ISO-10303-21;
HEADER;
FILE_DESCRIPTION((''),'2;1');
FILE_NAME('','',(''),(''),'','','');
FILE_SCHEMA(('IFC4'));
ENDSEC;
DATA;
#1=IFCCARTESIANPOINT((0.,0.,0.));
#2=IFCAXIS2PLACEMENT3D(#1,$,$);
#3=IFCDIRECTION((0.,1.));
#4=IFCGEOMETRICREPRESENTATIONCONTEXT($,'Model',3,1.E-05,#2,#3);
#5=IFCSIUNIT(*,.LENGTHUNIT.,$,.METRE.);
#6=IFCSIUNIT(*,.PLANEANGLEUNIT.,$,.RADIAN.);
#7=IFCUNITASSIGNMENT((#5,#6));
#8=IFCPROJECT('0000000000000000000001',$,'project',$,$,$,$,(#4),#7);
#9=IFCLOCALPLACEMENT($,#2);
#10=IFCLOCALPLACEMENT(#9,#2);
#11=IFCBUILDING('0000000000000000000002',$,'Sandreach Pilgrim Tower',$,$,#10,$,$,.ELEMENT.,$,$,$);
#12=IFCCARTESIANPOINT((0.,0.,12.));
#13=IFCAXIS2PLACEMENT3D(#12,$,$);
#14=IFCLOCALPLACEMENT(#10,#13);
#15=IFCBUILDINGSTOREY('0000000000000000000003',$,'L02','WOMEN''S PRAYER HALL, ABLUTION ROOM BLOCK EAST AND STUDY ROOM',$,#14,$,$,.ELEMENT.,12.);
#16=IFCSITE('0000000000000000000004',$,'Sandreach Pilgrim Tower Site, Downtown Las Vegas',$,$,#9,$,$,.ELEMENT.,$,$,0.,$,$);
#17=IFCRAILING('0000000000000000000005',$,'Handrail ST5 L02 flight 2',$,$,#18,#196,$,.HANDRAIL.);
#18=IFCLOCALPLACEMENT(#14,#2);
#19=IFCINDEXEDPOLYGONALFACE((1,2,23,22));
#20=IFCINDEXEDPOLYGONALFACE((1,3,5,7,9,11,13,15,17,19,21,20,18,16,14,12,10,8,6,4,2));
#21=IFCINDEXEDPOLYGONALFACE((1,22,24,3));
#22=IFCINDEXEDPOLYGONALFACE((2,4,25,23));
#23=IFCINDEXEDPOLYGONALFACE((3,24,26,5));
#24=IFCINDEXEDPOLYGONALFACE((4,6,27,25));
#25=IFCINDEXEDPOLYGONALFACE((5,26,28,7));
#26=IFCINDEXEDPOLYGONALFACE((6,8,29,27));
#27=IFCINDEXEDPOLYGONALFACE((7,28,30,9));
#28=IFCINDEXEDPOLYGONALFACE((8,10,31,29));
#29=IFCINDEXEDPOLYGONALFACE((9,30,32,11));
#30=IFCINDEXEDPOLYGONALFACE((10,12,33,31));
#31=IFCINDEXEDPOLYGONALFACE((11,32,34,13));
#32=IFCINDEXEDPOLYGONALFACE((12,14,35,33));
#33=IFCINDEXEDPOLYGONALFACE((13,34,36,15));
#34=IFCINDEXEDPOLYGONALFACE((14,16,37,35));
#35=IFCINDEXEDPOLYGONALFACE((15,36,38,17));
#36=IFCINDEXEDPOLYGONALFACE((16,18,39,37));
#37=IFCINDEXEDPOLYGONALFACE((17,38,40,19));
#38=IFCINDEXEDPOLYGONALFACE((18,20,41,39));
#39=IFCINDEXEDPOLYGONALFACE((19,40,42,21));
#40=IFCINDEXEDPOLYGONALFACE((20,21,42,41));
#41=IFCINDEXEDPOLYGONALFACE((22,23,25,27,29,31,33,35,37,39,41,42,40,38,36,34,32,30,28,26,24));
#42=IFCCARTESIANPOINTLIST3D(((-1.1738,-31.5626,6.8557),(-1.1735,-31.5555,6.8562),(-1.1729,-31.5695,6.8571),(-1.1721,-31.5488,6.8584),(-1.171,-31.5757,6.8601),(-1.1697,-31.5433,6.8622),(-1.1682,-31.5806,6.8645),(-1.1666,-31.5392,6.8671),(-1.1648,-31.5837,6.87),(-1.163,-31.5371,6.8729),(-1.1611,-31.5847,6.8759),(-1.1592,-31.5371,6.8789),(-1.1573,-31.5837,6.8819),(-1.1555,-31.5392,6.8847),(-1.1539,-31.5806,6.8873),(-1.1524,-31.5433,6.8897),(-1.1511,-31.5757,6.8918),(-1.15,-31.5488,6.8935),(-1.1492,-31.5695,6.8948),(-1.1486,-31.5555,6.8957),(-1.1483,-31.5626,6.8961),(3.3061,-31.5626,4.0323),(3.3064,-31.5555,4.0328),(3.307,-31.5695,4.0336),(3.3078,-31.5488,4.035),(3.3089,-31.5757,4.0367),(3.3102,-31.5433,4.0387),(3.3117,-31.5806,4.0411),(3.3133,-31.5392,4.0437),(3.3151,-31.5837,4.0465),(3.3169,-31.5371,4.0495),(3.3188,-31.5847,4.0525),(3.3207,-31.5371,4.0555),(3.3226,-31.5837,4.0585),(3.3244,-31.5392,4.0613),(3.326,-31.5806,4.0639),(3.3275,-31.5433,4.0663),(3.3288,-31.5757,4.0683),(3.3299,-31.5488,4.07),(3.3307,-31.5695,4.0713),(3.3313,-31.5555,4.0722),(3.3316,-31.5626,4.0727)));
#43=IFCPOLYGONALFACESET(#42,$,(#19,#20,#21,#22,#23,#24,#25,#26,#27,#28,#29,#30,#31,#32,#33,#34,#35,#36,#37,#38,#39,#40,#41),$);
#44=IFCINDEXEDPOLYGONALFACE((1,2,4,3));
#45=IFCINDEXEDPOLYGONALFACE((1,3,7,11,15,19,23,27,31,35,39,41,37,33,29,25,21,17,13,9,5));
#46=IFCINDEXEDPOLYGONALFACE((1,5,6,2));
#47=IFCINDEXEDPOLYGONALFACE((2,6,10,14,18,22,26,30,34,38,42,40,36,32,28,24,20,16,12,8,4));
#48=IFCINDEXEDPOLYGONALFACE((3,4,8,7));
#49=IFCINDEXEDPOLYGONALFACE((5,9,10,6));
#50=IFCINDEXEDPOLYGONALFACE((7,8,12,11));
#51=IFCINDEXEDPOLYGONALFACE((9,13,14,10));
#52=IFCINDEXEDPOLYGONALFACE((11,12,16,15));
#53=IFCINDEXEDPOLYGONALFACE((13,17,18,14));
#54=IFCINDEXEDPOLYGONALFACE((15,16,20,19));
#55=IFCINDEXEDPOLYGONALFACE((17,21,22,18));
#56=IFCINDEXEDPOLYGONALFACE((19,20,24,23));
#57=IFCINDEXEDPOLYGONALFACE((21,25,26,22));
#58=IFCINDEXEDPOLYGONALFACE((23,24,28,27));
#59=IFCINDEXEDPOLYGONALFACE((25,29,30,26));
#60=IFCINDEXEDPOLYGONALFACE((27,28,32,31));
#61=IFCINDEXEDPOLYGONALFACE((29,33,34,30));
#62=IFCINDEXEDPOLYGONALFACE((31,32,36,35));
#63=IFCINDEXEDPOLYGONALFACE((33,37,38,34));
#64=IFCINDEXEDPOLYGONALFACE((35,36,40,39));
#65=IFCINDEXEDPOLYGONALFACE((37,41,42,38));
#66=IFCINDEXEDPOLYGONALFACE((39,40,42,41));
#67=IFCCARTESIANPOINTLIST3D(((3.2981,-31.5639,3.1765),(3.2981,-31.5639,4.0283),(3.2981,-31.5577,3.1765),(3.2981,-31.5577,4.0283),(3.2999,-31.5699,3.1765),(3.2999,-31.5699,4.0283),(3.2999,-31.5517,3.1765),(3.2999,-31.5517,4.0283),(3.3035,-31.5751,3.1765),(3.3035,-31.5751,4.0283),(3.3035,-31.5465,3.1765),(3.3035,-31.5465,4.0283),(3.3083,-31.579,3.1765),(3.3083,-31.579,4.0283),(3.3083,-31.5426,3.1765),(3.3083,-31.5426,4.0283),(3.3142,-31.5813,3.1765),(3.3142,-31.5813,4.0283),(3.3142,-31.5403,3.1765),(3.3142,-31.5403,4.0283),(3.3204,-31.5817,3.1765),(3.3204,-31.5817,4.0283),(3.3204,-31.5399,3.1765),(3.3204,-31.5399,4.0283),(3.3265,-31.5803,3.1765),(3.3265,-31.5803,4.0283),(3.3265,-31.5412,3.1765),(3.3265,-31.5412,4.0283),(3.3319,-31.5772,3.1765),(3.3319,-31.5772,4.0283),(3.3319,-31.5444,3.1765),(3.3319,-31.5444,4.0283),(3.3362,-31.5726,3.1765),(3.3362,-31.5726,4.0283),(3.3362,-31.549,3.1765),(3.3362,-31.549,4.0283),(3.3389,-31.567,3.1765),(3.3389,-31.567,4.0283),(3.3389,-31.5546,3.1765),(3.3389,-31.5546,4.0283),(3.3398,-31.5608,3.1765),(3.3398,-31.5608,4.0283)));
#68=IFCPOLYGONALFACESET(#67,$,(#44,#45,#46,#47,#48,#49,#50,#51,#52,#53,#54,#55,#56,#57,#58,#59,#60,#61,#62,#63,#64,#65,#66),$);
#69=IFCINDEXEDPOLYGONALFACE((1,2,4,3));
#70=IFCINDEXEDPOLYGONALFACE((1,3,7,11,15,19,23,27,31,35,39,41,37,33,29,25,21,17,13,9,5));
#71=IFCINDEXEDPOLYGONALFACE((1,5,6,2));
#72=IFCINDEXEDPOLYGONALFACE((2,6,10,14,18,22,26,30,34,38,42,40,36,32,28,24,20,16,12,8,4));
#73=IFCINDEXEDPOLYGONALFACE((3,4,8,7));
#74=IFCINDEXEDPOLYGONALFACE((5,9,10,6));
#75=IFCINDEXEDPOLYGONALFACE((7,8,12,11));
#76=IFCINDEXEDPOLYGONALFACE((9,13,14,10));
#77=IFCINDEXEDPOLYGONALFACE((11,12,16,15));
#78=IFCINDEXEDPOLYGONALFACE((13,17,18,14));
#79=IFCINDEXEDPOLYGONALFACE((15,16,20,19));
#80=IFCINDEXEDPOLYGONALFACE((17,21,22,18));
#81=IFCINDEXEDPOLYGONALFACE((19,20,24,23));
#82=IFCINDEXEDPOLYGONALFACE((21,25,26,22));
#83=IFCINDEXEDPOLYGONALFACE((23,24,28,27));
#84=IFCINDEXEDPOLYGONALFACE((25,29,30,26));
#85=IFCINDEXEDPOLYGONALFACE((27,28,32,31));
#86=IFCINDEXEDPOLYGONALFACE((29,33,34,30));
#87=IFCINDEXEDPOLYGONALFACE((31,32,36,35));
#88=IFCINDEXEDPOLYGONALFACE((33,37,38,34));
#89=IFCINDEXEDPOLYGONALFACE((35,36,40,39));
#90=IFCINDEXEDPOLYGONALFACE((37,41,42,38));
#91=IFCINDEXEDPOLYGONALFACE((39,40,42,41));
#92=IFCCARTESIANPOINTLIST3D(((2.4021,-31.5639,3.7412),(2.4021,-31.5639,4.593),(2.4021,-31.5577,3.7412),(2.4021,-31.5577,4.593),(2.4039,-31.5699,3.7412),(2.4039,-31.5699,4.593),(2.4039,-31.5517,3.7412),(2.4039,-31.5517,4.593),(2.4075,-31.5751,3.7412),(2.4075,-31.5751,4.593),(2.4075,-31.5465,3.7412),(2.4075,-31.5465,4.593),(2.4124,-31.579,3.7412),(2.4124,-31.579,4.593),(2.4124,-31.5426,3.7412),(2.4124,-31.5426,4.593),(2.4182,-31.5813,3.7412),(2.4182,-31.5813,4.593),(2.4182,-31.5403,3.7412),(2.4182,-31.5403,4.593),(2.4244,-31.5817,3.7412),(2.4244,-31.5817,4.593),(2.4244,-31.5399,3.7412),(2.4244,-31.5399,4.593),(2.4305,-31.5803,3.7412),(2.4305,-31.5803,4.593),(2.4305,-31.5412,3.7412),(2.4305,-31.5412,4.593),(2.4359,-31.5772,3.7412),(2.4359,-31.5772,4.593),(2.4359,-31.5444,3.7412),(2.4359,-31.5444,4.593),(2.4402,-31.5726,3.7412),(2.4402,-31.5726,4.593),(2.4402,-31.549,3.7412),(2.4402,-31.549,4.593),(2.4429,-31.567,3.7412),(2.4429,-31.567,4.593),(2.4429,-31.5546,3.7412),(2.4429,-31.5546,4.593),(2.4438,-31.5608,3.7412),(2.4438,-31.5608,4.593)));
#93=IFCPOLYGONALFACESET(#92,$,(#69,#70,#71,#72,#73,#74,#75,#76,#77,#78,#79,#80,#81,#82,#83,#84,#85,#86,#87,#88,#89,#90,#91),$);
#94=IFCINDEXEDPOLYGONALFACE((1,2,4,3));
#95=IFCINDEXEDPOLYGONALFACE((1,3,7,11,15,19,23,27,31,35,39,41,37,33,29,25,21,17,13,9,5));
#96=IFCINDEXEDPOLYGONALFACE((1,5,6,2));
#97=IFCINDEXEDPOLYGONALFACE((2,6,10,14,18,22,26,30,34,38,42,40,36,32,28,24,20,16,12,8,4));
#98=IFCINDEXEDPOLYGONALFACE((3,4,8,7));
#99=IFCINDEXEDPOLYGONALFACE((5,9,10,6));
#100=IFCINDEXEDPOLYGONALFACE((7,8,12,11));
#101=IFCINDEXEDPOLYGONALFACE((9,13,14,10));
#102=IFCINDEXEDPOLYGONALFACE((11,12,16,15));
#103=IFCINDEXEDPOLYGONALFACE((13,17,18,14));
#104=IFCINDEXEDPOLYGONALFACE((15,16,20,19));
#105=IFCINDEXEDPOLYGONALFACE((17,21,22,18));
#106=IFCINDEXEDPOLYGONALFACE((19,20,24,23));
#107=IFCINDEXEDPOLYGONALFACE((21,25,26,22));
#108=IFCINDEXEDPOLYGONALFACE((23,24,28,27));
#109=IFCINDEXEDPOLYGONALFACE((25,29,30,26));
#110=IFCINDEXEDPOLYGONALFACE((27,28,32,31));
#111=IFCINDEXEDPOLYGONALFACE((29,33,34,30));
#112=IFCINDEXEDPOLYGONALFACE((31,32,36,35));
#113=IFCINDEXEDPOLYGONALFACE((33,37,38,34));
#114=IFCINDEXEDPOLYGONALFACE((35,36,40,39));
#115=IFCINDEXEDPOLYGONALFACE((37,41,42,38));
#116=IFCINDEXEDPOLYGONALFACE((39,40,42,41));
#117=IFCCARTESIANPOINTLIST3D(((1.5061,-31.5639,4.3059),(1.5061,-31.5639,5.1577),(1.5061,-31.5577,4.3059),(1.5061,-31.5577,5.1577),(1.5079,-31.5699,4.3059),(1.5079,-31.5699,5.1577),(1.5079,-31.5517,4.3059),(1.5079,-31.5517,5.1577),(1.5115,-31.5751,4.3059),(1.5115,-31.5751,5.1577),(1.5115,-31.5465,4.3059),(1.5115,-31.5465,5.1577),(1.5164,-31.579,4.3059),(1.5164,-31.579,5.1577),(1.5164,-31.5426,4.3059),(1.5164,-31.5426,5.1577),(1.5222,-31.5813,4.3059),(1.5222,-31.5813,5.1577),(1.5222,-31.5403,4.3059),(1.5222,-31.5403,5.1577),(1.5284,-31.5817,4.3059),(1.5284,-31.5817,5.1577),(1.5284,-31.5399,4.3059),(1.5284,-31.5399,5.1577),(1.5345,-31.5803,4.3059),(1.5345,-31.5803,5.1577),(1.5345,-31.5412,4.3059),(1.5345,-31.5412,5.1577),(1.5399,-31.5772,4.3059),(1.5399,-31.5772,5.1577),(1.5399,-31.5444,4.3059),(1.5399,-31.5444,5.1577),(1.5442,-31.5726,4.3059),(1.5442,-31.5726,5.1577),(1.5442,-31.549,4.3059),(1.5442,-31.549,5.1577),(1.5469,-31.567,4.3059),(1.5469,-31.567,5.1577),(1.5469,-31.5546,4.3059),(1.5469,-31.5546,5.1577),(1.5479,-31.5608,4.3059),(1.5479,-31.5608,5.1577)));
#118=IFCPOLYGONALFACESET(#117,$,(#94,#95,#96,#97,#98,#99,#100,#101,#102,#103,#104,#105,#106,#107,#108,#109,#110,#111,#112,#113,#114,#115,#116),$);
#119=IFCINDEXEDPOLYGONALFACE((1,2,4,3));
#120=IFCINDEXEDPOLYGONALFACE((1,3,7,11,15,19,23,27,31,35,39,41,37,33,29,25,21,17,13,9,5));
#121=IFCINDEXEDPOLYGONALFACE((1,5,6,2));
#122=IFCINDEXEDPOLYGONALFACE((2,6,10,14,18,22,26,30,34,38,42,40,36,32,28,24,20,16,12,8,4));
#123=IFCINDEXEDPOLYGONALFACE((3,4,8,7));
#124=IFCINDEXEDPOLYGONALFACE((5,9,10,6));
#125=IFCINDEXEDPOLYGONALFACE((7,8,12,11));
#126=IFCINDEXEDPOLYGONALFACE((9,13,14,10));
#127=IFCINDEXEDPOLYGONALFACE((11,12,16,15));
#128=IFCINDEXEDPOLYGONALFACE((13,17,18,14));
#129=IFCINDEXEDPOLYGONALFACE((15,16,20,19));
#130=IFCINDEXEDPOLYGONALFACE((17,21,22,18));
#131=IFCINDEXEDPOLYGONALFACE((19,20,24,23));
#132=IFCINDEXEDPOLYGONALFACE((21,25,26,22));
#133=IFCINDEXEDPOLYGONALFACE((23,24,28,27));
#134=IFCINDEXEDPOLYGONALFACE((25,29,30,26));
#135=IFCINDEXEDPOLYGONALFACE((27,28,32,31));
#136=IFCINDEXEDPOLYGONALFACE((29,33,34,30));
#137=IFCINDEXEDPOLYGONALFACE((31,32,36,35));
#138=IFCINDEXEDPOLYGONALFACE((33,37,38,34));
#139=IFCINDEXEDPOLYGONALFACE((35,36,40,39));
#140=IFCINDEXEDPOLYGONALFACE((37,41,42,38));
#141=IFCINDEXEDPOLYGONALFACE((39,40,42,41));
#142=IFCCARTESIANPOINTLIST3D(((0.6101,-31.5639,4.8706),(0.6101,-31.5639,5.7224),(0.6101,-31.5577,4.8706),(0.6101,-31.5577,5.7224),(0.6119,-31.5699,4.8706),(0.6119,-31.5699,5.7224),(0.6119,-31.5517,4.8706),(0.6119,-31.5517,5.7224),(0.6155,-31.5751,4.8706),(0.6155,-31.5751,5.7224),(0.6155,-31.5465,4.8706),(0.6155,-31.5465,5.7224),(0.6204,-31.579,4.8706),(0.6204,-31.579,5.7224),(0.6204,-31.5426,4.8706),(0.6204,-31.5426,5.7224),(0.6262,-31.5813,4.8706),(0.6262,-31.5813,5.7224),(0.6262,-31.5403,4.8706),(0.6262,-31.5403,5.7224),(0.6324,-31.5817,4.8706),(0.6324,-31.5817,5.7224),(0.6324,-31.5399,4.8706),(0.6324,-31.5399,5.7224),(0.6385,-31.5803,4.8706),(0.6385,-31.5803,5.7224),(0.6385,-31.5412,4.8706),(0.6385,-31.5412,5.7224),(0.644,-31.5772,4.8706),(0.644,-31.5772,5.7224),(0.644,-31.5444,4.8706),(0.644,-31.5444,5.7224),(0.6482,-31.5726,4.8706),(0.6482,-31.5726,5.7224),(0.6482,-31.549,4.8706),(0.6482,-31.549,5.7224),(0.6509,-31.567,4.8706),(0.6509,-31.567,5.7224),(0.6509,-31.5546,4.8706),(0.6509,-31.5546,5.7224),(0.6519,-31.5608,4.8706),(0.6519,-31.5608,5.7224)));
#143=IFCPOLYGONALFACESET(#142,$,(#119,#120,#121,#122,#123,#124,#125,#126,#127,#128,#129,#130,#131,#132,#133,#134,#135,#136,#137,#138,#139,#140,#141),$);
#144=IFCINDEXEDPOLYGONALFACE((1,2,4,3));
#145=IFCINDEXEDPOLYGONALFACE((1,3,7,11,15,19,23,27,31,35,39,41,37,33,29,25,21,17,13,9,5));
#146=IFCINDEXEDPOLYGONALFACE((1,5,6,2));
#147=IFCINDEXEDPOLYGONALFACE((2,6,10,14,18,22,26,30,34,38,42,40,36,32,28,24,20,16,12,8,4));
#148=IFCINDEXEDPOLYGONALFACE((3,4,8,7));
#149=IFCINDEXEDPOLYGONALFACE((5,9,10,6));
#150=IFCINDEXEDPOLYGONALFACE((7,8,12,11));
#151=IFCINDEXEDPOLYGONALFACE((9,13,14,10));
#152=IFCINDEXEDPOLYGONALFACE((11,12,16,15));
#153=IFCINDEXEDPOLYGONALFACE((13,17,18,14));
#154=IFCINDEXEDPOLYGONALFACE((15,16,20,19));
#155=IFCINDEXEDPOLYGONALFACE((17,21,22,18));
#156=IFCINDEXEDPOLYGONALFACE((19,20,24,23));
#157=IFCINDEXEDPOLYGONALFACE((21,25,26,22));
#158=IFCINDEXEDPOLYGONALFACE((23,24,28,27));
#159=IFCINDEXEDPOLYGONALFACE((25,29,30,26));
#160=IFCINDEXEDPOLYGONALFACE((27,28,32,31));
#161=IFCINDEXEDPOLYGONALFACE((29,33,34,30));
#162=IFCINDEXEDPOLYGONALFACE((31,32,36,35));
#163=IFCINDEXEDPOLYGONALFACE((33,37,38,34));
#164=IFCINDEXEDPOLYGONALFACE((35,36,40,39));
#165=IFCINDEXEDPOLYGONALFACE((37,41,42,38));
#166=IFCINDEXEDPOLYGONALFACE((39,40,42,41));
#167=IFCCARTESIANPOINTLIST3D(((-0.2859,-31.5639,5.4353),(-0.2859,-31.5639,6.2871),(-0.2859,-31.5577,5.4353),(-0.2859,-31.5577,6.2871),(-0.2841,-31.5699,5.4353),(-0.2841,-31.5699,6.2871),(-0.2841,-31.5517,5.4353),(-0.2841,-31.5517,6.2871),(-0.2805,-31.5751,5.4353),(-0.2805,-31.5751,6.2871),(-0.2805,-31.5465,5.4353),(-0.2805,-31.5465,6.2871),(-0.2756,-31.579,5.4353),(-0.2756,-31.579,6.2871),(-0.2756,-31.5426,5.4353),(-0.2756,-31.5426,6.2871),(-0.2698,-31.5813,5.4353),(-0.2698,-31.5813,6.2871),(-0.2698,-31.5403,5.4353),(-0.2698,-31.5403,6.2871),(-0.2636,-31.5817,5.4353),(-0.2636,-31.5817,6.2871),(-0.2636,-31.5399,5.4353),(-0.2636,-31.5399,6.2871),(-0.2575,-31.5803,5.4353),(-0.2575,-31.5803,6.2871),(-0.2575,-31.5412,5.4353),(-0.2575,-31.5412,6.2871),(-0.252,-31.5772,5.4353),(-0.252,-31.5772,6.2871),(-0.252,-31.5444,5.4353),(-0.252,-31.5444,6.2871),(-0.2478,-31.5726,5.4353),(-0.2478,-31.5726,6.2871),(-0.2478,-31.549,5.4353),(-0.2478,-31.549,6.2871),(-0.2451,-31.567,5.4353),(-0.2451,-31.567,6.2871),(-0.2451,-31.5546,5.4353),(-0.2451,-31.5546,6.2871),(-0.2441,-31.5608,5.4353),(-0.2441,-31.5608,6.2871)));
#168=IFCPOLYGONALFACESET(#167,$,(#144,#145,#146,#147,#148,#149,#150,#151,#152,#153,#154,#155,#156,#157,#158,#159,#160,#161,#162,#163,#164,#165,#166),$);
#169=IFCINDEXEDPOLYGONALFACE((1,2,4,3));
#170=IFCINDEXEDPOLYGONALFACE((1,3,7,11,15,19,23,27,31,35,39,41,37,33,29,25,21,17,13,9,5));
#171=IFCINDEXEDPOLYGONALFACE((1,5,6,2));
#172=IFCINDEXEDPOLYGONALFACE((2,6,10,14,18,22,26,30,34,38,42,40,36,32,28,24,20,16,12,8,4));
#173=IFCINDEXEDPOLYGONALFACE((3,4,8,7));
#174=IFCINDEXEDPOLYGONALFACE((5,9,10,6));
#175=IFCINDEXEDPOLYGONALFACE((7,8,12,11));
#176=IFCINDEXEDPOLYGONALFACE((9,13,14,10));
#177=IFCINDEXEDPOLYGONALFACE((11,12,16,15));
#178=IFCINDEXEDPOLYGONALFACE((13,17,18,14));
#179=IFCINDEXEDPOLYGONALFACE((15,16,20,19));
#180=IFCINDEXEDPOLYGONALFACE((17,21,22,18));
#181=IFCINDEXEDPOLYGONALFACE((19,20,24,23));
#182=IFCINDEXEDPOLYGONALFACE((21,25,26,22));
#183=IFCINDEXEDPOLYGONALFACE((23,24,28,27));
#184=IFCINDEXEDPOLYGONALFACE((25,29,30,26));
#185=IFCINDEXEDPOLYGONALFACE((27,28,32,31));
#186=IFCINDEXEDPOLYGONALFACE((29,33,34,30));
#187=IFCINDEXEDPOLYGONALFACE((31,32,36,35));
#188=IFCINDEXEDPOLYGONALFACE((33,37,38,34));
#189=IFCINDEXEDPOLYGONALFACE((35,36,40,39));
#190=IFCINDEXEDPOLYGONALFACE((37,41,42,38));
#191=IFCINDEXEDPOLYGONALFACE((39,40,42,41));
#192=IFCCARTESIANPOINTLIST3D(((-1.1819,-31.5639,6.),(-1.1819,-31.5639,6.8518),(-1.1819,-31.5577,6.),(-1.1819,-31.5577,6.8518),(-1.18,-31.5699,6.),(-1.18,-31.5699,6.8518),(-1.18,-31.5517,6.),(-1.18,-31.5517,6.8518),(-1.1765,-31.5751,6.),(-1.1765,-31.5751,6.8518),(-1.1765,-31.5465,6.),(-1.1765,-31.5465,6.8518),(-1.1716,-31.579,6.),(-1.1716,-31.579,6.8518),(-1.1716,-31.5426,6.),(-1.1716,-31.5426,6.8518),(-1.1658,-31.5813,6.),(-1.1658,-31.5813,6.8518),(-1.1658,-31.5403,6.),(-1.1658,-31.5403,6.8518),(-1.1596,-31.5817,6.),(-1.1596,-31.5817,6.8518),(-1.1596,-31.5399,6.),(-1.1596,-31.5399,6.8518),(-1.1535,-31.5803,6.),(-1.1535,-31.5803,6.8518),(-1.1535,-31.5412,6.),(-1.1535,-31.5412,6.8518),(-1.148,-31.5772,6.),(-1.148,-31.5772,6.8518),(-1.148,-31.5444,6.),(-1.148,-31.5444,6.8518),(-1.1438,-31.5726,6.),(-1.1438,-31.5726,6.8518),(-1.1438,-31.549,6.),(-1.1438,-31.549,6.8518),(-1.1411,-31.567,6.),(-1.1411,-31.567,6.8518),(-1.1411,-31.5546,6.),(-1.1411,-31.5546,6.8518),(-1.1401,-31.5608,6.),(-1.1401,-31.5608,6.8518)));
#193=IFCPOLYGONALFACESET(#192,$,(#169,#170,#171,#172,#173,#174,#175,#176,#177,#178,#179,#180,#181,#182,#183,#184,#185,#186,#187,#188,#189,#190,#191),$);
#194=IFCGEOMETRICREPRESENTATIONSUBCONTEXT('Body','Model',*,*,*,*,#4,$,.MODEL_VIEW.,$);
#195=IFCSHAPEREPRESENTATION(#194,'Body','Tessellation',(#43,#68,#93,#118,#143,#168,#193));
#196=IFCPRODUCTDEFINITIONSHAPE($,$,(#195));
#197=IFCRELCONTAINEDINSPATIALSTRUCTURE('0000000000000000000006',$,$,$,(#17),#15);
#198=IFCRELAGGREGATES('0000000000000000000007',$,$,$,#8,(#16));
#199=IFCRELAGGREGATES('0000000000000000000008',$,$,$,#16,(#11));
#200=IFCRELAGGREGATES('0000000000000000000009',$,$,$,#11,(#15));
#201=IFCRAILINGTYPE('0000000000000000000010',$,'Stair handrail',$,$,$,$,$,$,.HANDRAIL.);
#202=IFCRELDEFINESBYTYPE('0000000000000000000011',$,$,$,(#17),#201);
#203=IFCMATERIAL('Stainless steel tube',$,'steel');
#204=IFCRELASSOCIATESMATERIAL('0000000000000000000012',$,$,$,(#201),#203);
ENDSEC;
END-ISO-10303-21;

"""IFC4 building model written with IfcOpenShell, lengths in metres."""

from ifc_helpers import new_model, si_unit, direction, frame, origin, origin_2d, place, context, subcontext, project, spatial, circle, extrude, material, type_object, element, save


model = new_model("IFC4")

# Units and contexts
model_context = context("Model", 3, precision=1e-05, world=origin(), true_north=direction((0.0, 1.0)))
body_context = subcontext(model_context, "Body", "Model", "MODEL_VIEW")
ifc_project = project(units=[si_unit("LENGTHUNIT", "METRE"), si_unit("PLANEANGLEUNIT", "RADIAN")], contexts=[model_context])

# Site, building, storey
site_placement = place(None, origin())
site = spatial("IfcSite", under=ifc_project, at=site_placement, Name="Sandreach Pilgrim Tower Site, Downtown Las Vegas", CompositionType="ELEMENT", RefElevation=0.0)
building_placement = place(site_placement, origin())
building = spatial("IfcBuilding", under=site, at=building_placement, Name="Sandreach Pilgrim Tower", CompositionType="ELEMENT")
storey_placement = place(building_placement, frame((0.0, 0.0, 12.0)))
storey = spatial("IfcBuildingStorey", under=building, at=storey_placement, Name="L02", Description="WOMEN'S PRAYER HALL, ABLUTION ROOM BLOCK EAST AND STUDY ROOM", CompositionType="ELEMENT", Elevation=12.0)

# Railing
ifc_material_1 = material(Name="Stainless steel tube", Category="steel")
railing_type = type_object("IfcRailingType", Name="Stair handrail", PredefinedType="HANDRAIL", material=ifc_material_1)
for number, where, name in (
    (1, (3.3188, -31.5608, 3.1765), "Handrail ST5 L02 flight 2"),
):
    element("IfcRailing", number, at=place(storey_placement, frame(where)), inside=storey, type_object=railing_type, Name=name, PredefinedType="HANDRAIL", context=body_context, shape_type="SweptSolid", body=[
        extrude(circle(Radius=0.0239, at=origin_2d()), frame((0.0, 0.0, 0.876), z_axis=(-0.845998, 0.0, 0.533186), x_axis=(0.0, -1.0, 0.0)), (0.0, 0.0, 1.0), 5.2954),
        extrude(circle(Radius=0.021, at=origin_2d()), origin(), (0.0, 0.0, 1.0), 0.8518),
        extrude(circle(Radius=0.021, at=origin_2d()), frame((-0.896, 0.0, 0.5647)), (0.0, 0.0, 1.0), 0.8518),
        extrude(circle(Radius=0.021, at=origin_2d()), frame((-1.792, 0.0, 1.1294)), (0.0, 0.0, 1.0), 0.8518),
        extrude(circle(Radius=0.021, at=origin_2d()), frame((-2.688, 0.0, 1.6941)), (0.0, 0.0, 1.0), 0.8518),
        extrude(circle(Radius=0.021, at=origin_2d()), frame((-3.584, 0.0, 2.2588)), (0.0, 0.0, 1.0), 0.8518),
        extrude(circle(Radius=0.021, at=origin_2d()), frame((-4.48, 0.0, 2.8235)), (0.0, 0.0, 1.0), 0.8518),
    ])

save(model, "model.ifc")
